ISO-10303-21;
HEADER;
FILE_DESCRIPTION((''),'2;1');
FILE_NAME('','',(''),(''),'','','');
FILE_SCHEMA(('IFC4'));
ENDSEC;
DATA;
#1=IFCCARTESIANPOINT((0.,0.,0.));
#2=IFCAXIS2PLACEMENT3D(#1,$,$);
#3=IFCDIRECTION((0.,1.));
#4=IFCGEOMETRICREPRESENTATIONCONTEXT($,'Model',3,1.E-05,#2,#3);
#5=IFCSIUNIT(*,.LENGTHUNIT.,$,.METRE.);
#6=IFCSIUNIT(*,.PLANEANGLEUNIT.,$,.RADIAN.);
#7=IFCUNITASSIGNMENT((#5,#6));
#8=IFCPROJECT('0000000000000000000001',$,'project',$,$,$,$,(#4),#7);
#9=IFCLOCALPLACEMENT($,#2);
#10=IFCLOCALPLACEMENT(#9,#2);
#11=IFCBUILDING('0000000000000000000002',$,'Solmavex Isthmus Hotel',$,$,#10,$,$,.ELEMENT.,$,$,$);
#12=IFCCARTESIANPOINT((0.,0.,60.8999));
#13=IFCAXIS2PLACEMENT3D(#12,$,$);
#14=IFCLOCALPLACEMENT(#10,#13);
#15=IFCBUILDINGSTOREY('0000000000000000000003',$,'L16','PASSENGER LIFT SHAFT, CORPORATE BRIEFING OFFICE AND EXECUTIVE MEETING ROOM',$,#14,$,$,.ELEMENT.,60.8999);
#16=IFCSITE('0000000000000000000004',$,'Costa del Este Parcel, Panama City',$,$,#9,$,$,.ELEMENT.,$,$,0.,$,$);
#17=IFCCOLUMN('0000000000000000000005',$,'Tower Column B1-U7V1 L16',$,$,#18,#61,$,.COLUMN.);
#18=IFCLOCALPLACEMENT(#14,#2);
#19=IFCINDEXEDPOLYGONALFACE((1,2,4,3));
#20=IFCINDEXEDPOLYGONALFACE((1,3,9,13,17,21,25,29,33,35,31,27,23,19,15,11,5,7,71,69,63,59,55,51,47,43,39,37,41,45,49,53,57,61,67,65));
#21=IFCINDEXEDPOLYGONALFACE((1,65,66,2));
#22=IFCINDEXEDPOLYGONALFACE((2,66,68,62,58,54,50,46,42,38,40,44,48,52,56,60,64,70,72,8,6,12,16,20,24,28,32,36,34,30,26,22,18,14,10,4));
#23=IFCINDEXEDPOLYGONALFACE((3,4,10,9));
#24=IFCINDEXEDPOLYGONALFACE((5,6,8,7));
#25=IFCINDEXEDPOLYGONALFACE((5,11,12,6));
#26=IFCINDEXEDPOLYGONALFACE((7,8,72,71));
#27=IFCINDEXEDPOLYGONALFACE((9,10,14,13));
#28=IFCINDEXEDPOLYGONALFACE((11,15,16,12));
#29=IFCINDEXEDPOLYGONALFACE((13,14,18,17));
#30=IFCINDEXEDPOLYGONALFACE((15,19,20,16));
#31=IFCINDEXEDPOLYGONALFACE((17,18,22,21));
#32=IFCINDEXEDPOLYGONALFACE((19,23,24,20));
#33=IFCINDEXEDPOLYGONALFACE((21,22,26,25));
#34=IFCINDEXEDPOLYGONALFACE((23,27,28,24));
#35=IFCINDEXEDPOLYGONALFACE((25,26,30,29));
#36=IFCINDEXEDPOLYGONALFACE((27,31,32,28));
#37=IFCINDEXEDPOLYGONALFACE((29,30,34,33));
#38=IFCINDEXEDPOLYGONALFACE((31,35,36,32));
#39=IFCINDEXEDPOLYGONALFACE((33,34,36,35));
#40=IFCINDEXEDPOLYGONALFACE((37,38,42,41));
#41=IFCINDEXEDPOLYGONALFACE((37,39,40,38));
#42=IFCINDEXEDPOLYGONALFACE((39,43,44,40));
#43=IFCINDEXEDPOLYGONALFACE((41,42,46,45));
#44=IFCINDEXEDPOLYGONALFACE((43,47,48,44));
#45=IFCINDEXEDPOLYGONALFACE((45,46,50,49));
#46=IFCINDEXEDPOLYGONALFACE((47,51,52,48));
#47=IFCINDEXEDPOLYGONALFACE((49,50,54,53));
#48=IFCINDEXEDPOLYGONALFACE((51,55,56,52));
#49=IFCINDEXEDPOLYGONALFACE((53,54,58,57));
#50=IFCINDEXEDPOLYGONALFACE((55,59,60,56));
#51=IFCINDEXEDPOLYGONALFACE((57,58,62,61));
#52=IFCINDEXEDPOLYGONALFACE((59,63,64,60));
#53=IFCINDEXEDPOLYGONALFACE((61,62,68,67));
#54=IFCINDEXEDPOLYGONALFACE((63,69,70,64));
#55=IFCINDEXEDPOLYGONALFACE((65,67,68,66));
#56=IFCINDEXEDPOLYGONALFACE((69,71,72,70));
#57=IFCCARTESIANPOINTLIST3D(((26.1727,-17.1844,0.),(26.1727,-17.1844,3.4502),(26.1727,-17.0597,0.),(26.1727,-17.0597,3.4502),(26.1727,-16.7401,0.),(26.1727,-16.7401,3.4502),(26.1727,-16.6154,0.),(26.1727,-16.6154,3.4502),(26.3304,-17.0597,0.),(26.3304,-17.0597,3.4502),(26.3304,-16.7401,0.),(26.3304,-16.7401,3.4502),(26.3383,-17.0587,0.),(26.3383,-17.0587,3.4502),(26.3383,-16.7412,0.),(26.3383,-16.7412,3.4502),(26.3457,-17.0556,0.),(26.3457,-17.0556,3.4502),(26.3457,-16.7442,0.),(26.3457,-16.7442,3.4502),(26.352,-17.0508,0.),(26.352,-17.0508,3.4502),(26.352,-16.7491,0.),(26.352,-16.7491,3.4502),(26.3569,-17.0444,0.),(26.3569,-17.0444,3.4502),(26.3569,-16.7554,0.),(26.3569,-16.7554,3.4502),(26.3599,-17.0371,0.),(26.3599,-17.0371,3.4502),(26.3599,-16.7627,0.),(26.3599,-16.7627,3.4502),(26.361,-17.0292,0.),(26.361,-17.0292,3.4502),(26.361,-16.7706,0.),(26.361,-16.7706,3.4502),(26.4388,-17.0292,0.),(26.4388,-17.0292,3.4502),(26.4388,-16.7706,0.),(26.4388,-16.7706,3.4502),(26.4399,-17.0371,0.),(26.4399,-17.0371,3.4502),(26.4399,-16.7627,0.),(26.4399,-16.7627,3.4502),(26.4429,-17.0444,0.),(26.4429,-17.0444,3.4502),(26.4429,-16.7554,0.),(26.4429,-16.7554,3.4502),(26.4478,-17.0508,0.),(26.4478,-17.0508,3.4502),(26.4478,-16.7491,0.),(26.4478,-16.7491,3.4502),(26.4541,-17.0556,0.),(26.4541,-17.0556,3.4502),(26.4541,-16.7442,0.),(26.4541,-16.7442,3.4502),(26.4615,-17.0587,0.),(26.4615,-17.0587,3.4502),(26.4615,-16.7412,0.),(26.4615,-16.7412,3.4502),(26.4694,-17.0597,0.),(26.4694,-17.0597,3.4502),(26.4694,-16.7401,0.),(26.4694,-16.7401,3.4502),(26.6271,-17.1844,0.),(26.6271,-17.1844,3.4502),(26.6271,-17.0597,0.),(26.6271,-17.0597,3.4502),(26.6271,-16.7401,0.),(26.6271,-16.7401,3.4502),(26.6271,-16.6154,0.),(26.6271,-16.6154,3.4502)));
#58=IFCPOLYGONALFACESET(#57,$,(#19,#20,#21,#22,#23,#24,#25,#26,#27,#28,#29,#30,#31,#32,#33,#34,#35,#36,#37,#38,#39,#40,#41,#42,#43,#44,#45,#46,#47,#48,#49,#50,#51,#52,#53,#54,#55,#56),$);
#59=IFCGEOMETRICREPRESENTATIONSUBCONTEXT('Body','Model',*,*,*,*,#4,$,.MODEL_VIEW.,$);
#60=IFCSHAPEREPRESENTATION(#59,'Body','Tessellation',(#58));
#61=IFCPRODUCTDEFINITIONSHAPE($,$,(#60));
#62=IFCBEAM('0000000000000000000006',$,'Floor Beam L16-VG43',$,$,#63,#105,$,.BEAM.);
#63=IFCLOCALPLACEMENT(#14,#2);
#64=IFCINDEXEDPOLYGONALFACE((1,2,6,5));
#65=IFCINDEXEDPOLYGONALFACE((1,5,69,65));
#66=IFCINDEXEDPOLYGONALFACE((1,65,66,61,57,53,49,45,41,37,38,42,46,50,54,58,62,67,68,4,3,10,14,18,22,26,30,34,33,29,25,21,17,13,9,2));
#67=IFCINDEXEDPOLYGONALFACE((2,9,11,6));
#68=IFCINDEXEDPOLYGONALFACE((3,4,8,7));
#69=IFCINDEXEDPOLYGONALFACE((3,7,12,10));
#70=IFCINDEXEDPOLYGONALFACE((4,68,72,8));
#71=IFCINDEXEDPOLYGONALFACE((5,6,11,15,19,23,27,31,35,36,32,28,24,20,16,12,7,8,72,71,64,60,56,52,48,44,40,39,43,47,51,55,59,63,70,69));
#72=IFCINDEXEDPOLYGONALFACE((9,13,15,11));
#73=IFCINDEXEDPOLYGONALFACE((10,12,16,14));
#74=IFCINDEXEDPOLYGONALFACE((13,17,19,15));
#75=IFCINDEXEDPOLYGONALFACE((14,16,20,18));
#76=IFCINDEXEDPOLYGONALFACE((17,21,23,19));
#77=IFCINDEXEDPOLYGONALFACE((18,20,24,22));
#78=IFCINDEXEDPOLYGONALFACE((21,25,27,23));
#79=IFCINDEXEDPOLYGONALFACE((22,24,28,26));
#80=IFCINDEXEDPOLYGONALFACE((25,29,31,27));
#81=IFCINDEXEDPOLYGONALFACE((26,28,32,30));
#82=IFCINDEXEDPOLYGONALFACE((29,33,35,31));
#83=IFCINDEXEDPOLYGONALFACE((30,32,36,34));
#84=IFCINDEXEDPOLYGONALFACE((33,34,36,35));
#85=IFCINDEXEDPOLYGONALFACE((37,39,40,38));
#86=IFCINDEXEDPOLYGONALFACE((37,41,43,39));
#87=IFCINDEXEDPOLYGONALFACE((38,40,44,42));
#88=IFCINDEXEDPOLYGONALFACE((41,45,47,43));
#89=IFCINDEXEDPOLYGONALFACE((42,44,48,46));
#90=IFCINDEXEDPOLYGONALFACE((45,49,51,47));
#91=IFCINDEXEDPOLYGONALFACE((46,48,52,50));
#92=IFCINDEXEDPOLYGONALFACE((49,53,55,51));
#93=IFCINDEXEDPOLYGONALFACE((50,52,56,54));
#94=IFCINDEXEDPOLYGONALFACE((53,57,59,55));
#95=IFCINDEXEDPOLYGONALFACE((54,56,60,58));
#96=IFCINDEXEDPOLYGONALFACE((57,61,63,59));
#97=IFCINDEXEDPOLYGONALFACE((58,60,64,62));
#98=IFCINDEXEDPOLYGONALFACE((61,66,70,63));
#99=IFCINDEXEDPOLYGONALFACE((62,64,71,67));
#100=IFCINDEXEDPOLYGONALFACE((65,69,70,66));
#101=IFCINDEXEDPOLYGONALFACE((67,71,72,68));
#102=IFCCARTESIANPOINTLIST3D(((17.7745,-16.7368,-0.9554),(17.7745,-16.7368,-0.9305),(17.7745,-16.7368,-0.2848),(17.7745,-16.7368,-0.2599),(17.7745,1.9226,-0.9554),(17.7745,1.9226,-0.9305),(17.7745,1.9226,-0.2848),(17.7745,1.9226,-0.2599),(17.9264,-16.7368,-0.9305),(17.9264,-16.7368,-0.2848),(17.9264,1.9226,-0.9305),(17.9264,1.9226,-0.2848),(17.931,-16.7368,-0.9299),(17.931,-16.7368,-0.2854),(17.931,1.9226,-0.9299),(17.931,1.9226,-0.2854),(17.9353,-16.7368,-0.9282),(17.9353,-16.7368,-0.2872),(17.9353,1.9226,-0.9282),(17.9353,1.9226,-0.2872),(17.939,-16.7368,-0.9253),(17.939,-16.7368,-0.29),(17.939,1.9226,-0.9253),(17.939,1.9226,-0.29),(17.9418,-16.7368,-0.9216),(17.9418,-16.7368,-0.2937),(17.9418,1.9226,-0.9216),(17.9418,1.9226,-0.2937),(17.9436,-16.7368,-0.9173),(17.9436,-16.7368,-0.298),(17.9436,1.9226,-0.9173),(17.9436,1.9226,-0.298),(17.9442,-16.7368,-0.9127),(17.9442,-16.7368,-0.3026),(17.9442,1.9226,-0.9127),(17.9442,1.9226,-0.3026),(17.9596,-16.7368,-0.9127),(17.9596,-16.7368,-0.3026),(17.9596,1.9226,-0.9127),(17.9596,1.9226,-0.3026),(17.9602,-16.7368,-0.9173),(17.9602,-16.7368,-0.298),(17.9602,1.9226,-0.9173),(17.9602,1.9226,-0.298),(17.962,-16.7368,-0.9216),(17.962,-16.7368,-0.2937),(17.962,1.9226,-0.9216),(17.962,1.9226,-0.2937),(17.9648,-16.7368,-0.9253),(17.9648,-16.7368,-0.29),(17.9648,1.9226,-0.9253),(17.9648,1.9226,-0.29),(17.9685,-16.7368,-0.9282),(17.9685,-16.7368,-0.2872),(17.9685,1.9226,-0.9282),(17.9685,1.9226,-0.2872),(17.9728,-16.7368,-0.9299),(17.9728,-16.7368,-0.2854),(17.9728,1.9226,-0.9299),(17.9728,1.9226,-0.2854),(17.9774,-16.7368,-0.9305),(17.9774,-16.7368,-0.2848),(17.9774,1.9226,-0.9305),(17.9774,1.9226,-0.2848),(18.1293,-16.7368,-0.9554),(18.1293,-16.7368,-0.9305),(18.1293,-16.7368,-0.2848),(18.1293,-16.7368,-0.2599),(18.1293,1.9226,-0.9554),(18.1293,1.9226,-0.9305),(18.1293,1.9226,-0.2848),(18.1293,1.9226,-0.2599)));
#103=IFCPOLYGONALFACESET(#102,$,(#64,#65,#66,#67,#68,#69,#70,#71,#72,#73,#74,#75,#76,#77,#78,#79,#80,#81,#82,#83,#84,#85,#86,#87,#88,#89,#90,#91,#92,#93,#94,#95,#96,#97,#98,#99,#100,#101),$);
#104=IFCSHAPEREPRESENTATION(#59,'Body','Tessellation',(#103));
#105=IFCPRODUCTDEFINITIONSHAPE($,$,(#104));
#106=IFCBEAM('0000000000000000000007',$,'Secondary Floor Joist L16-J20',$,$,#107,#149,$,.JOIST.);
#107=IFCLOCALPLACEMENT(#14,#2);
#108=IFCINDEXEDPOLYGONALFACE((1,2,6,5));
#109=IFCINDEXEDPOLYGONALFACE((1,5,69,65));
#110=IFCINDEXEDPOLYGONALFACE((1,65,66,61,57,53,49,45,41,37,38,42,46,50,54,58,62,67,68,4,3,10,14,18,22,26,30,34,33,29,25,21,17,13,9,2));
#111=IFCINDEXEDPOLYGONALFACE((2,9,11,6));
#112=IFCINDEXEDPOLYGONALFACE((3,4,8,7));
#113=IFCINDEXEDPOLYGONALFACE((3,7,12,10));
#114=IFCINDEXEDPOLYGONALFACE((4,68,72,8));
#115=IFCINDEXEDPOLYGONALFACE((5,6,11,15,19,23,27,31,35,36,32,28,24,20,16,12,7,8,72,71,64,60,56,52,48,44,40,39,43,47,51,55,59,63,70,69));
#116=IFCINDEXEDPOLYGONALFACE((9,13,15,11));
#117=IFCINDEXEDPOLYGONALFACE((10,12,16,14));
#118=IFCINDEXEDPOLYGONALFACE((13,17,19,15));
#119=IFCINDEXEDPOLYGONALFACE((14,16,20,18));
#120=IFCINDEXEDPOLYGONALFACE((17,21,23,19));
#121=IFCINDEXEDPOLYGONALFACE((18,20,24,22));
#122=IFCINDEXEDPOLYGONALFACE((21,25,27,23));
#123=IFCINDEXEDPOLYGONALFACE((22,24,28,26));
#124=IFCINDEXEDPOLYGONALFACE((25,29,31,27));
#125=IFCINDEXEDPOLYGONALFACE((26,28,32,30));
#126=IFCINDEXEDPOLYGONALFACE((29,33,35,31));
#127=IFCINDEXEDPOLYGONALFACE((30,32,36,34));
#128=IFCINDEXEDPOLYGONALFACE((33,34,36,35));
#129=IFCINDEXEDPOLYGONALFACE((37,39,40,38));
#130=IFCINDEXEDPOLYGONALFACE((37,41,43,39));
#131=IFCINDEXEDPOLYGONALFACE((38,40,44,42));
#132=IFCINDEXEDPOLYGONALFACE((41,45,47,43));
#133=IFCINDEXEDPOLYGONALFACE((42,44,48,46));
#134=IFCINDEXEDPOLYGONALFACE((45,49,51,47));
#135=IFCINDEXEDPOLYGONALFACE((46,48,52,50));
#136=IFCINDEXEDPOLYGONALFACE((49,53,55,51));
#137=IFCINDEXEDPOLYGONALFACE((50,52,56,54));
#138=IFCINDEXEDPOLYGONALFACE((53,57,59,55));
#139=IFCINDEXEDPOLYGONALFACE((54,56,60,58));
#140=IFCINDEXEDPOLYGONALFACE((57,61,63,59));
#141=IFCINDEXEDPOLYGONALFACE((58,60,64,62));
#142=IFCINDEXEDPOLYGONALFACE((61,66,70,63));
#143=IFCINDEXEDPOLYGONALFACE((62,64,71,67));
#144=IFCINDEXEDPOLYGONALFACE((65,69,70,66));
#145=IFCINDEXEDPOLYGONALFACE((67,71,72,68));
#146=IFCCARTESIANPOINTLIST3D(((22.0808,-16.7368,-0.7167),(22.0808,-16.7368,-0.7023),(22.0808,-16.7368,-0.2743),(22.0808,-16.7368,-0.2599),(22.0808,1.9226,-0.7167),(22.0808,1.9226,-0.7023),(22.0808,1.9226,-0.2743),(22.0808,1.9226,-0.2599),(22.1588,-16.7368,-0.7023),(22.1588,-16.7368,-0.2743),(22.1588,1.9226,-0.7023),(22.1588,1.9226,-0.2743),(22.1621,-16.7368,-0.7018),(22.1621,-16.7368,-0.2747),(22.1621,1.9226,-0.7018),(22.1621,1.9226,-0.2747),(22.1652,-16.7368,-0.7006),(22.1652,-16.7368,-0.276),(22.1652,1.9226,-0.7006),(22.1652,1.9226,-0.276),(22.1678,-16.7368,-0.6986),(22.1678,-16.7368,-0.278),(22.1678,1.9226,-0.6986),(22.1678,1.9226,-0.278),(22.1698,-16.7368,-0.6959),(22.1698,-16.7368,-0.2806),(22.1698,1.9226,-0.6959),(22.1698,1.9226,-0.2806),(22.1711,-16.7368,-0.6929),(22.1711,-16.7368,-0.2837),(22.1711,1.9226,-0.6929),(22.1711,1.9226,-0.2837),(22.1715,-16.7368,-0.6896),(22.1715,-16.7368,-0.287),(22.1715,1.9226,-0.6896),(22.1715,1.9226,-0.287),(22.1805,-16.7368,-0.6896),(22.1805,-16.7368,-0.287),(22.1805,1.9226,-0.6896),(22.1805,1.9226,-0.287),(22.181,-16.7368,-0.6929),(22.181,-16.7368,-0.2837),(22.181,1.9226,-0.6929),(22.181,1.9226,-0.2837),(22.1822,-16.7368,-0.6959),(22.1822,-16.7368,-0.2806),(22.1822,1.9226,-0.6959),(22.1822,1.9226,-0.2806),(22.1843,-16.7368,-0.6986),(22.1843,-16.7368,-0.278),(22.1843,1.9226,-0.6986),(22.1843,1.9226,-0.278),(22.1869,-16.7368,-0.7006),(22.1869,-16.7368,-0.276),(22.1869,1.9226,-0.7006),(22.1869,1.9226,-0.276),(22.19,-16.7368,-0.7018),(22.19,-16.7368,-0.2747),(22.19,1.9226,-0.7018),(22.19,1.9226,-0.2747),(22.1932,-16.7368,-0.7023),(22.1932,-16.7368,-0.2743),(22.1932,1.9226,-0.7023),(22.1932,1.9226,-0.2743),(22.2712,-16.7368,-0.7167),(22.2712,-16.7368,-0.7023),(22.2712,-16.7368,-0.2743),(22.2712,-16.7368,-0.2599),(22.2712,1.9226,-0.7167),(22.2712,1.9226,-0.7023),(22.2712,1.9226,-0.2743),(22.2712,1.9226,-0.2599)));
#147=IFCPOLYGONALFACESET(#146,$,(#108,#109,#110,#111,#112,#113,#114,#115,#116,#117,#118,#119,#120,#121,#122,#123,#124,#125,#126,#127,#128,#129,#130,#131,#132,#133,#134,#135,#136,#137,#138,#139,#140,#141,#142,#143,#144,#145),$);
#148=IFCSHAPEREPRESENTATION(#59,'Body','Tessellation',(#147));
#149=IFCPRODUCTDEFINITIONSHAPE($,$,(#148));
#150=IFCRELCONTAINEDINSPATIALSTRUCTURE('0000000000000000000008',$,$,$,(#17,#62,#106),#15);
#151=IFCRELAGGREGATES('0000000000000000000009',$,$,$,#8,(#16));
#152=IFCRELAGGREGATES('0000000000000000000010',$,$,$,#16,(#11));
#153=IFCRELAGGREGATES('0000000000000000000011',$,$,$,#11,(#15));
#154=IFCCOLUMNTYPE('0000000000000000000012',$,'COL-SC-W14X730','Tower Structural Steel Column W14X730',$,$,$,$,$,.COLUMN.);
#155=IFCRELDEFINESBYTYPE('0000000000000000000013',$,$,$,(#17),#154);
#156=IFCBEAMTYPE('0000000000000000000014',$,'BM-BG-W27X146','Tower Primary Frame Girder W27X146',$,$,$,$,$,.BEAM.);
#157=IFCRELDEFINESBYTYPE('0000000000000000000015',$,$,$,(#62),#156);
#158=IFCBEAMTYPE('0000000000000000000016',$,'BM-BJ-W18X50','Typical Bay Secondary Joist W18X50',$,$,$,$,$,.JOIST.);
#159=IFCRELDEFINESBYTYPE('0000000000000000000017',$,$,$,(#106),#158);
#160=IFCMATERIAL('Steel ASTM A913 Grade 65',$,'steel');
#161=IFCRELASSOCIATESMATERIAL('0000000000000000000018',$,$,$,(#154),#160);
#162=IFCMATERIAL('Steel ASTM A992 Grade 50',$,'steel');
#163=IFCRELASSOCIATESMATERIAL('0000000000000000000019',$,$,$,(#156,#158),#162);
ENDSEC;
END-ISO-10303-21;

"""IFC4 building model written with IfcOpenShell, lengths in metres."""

from ifc_helpers import new_model, si_unit, direction, frame, origin, origin_2d, place, context, subcontext, project, spatial, i_section, extrude, material, material_profile, profile_set, type_object, element, save


model = new_model("IFC4")

# Units and contexts
model_context = context("Model", 3, precision=1e-05, world=origin(), true_north=direction((0.0, 1.0)))
body_context = subcontext(model_context, "Body", "Model", "MODEL_VIEW")
ifc_project = project(units=[si_unit("LENGTHUNIT", "METRE"), si_unit("PLANEANGLEUNIT", "RADIAN")], contexts=[model_context])

# Site, building, storey
site_placement = place(None, origin())
site = spatial("IfcSite", under=ifc_project, at=site_placement, Name="Costa del Este Parcel, Panama City", CompositionType="ELEMENT", RefElevation=0.0)
building_placement = place(site_placement, origin())
building = spatial("IfcBuilding", under=site, at=building_placement, Name="Solmavex Isthmus Hotel", CompositionType="ELEMENT")
storey_placement = place(building_placement, frame((0.0, 0.0, 60.8999)))
storey = spatial("IfcBuildingStorey", under=building, at=storey_placement, Name="L16", Description="PASSENGER LIFT SHAFT, CORPORATE BRIEFING OFFICE AND EXECUTIVE MEETING ROOM", CompositionType="ELEMENT", Elevation=60.8999)

# Column
ifc_material_1 = material(Name="Steel ASTM A913 Grade 65", Category="steel")
ifc_material_profile_1 = material_profile(ifc_material_1, i_section(OverallWidth=0.4543, OverallDepth=0.5691, WebThickness=0.0779, FlangeThickness=0.1248, FilletRadius=0.0305, at=origin_2d()), Name="W14X730")
ifc_profile_set_1 = profile_set([ifc_material_profile_1], Name="Steel ASTM A913 Grade 65")
column_type = type_object("IfcColumnType", Name="COL-SC-W14X730", Description="Tower Structural Steel Column W14X730", PredefinedType="COLUMN", material=ifc_profile_set_1)
column_placement = place(storey_placement, frame((26.3999, -16.8999, 0.0), z_axis=(0.0, 0.0, 1.0), x_axis=(1.0, 0.0, 0.0)))
element("IfcColumn", 1, at=column_placement, inside=storey, type_object=column_type, Name="Tower Column B1-U7V1 L16", PredefinedType="COLUMN", context=body_context, shape_type="SweptSolid", body=[
    extrude(i_section(OverallWidth=0.4543, OverallDepth=0.5691, WebThickness=0.0779, FlangeThickness=0.1248, FilletRadius=0.0305, at=origin_2d()), origin(), (0.0, 0.0, 1.0), 3.4502),
])

# Beams
ifc_material_2 = material(Name="Steel ASTM A992 Grade 50", Category="steel")
ifc_material_profile_2 = material_profile(ifc_material_2, i_section(OverallWidth=0.3547, OverallDepth=0.6956, WebThickness=0.0154, FlangeThickness=0.0249, FilletRadius=0.0178, at=origin_2d()), Name="W27X146")
ifc_profile_set_2 = profile_set([ifc_material_profile_2], Name="Steel ASTM A992 Grade 50")
beam_type_1 = type_object("IfcBeamType", Name="BM-BG-W27X146", Description="Tower Primary Frame Girder W27X146", PredefinedType="BEAM", material=ifc_profile_set_2)
beam_1_placement = place(storey_placement, frame((17.9519, -16.7368, -0.6077), z_axis=(0.0, 1.0, 0.0), x_axis=(-1.0, 0.0, 0.0)))
element("IfcBeam", 2, at=beam_1_placement, inside=storey, type_object=beam_type_1, Name="Floor Beam L16-VG43", PredefinedType="BEAM", context=body_context, shape_type="SweptSolid", body=[
    extrude(i_section(OverallWidth=0.3547, OverallDepth=0.6956, WebThickness=0.0154, FlangeThickness=0.0249, FilletRadius=0.0178, at=origin_2d()), origin(), (0.0, 0.0, 1.0), 18.6594),
])
ifc_material_profile_3 = material_profile(ifc_material_2, i_section(OverallWidth=0.1904, OverallDepth=0.4568, WebThickness=0.009, FlangeThickness=0.0144, FilletRadius=0.0127, at=origin_2d()), Name="W18X50")
ifc_profile_set_3 = profile_set([ifc_material_profile_3], Name="Steel ASTM A992 Grade 50")
beam_type_2 = type_object("IfcBeamType", Name="BM-BJ-W18X50", Description="Typical Bay Secondary Joist W18X50", PredefinedType="JOIST", material=ifc_profile_set_3)
beam_2_placement = place(storey_placement, frame((22.176, -16.7368, -0.4883), z_axis=(0.0, 1.0, 0.0), x_axis=(-1.0, 0.0, 0.0)))
element("IfcBeam", 3, at=beam_2_placement, inside=storey, type_object=beam_type_2, Name="Secondary Floor Joist L16-J20", PredefinedType="JOIST", context=body_context, shape_type="SweptSolid", body=[
    extrude(i_section(OverallWidth=0.1904, OverallDepth=0.4568, WebThickness=0.009, FlangeThickness=0.0144, FilletRadius=0.0127, at=origin_2d()), origin(), (0.0, 0.0, 1.0), 18.6594),
])

save(model, "model.ifc")
